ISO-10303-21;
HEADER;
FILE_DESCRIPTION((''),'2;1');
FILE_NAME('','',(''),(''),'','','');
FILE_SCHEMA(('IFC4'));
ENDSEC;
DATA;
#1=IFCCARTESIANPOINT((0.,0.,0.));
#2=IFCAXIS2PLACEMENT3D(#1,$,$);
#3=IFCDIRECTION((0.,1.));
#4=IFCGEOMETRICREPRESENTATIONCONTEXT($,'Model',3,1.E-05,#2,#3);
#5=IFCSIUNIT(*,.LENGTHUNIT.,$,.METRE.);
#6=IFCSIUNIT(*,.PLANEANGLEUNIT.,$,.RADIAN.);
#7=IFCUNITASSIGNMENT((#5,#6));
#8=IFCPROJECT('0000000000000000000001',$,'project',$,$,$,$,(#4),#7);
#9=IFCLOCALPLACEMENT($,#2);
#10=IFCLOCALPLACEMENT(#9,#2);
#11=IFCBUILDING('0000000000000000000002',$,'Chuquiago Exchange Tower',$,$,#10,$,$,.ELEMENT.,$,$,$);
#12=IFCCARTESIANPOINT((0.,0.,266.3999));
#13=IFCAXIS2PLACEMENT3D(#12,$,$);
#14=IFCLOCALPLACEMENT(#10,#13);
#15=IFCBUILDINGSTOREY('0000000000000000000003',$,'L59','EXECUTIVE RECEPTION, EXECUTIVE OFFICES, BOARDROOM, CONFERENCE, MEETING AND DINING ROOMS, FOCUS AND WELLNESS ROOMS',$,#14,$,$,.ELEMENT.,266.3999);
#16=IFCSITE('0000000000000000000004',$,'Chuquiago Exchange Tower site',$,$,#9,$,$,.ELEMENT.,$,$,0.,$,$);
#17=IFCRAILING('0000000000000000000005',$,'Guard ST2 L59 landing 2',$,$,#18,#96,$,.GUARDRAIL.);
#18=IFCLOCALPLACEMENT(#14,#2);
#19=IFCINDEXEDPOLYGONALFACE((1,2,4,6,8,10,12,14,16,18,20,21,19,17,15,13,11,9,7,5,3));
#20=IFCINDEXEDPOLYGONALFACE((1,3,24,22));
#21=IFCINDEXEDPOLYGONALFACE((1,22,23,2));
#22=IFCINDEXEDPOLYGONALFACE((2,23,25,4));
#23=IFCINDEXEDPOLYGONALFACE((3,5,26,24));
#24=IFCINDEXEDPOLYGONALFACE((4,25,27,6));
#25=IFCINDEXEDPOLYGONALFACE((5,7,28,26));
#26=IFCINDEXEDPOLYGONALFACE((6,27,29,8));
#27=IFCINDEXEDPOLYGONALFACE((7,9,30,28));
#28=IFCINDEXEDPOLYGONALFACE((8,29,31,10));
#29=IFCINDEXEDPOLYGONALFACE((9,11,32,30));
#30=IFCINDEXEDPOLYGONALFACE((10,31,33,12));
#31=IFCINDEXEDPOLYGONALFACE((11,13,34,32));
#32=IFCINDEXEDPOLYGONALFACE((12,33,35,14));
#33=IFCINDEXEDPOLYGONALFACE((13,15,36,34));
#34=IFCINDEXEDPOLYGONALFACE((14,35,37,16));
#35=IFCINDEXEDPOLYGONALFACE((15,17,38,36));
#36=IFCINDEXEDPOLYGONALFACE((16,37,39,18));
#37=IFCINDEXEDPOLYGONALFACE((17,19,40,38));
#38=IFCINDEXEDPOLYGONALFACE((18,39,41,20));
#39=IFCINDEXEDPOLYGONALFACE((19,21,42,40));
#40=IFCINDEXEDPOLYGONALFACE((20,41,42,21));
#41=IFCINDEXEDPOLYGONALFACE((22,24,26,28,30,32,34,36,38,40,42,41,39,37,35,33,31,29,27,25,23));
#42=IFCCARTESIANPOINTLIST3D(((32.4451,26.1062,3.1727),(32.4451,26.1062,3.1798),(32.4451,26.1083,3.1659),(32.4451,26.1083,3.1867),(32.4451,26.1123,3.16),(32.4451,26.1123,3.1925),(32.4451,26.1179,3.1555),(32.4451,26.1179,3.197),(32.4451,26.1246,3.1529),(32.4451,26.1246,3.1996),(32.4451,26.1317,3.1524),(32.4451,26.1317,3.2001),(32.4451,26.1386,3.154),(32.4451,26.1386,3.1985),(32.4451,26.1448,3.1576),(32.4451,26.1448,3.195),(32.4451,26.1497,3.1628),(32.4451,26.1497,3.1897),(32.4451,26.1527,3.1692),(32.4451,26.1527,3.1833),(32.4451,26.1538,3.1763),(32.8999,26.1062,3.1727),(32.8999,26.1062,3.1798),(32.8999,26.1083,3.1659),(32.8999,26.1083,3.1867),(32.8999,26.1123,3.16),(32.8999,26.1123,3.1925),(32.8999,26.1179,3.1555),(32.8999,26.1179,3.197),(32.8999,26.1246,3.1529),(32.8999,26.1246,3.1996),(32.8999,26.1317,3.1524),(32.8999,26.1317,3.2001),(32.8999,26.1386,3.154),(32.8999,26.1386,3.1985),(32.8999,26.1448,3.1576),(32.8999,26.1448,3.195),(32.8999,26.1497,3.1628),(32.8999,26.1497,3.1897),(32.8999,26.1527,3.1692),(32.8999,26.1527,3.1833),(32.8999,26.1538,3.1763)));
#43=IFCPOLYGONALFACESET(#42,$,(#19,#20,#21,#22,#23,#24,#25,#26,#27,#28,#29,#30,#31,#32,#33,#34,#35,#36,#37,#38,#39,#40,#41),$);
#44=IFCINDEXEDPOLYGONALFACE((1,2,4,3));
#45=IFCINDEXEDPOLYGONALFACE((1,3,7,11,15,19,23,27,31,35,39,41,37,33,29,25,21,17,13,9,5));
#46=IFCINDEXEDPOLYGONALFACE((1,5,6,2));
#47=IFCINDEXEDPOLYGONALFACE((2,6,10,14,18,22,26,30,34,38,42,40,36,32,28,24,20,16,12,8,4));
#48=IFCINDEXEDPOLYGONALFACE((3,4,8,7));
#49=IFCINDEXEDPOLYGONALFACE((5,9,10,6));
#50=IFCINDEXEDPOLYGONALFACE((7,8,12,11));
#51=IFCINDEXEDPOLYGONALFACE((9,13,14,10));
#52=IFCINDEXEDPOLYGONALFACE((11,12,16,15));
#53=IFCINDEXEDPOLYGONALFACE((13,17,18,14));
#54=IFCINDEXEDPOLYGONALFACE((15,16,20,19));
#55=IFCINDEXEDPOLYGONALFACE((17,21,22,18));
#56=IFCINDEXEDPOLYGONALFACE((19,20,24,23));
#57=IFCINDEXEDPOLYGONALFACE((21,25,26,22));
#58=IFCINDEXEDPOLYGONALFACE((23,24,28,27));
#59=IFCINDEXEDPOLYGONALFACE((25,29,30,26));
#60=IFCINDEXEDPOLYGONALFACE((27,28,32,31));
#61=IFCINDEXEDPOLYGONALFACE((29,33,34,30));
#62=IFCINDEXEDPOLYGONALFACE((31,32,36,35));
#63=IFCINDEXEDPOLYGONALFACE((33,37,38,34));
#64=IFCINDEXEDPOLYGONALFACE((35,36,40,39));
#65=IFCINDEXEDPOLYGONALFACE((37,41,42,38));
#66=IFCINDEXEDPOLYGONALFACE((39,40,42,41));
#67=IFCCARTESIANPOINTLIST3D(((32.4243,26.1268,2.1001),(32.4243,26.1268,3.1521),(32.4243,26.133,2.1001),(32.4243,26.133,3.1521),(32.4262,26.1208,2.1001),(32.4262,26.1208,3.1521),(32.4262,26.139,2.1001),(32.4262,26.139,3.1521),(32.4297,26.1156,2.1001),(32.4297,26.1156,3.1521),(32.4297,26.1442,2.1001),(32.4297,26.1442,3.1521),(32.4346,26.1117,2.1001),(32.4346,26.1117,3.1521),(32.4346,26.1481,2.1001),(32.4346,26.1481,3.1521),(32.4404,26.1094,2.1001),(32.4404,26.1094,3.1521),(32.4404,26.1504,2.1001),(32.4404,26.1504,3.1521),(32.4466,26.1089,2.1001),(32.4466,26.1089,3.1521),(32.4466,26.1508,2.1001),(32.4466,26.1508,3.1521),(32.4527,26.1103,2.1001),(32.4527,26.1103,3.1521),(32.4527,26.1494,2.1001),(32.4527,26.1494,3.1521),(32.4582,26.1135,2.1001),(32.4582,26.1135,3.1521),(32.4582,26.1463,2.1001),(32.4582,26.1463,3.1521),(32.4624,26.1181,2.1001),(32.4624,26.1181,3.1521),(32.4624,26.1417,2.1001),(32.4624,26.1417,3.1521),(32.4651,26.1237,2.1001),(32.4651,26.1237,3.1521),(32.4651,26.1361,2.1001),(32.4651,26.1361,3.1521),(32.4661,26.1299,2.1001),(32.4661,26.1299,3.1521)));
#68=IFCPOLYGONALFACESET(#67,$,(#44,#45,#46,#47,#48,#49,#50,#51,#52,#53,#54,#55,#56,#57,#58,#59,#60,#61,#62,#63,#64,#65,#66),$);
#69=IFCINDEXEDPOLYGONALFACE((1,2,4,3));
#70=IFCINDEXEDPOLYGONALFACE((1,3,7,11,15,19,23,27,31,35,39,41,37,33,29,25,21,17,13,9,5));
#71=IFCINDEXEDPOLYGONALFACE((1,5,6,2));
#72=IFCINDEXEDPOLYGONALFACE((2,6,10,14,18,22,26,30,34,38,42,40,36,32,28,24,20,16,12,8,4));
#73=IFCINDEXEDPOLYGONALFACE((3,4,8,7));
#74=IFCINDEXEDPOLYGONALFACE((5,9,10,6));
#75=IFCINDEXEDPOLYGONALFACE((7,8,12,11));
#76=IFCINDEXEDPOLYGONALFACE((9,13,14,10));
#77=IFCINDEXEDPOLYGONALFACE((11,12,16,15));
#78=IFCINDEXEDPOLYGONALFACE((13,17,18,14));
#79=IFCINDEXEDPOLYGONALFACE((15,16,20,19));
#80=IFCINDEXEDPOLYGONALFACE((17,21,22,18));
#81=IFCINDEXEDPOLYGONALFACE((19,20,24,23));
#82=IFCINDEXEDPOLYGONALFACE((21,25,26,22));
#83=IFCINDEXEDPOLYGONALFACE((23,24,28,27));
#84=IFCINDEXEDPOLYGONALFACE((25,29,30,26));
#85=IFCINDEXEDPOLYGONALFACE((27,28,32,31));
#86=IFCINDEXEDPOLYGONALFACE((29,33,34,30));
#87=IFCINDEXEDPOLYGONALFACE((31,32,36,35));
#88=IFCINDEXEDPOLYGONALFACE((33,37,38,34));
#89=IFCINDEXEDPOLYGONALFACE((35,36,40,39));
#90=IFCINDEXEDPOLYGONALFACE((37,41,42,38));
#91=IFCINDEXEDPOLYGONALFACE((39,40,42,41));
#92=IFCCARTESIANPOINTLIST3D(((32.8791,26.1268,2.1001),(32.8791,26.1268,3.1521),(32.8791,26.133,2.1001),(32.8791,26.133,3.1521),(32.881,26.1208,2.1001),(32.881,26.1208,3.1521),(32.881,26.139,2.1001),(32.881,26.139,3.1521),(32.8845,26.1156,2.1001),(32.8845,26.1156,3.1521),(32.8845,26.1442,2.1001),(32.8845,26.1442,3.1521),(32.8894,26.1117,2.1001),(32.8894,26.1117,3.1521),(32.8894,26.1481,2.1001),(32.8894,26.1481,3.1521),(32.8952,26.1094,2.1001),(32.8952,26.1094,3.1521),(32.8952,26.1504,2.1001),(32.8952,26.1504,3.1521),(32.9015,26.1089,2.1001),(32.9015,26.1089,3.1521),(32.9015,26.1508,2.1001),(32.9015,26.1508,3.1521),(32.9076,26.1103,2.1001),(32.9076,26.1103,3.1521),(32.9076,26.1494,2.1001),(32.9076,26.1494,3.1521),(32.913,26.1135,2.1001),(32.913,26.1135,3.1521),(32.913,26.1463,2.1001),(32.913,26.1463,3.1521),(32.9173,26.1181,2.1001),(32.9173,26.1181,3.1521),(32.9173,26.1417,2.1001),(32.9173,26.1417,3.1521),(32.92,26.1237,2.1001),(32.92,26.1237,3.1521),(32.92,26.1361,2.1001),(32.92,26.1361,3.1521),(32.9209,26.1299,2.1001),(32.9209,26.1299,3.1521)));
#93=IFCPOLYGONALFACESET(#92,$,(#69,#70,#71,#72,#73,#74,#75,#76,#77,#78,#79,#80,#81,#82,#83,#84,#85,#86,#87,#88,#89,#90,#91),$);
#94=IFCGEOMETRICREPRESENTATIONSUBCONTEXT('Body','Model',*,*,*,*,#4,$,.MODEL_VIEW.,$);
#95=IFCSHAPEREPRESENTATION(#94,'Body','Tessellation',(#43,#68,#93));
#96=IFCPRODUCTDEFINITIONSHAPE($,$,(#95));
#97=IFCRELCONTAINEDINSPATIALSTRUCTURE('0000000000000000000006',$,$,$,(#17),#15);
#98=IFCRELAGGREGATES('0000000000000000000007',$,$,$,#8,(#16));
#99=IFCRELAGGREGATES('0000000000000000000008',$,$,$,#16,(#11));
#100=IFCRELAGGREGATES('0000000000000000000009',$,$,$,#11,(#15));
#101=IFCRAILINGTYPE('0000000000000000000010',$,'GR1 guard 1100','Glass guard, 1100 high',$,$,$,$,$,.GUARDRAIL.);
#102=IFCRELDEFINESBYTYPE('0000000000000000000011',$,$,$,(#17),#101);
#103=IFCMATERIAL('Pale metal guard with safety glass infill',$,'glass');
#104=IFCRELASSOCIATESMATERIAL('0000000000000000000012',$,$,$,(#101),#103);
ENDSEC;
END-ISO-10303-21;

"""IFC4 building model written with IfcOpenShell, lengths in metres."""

from ifc_helpers import new_model, si_unit, direction, frame, origin, origin_2d, place, context, subcontext, project, spatial, circle, extrude, material, type_object, element, save


model = new_model("IFC4")

# Units and contexts
model_context = context("Model", 3, precision=1e-05, world=origin(), true_north=direction((0.0, 1.0)))
body_context = subcontext(model_context, "Body", "Model", "MODEL_VIEW")
ifc_project = project(units=[si_unit("LENGTHUNIT", "METRE"), si_unit("PLANEANGLEUNIT", "RADIAN")], contexts=[model_context])

# Site, building, storey
site_placement = place(None, origin())
site = spatial("IfcSite", under=ifc_project, at=site_placement, Name="Chuquiago Exchange Tower site", CompositionType="ELEMENT", RefElevation=0.0)
building_placement = place(site_placement, origin())
building = spatial("IfcBuilding", under=site, at=building_placement, Name="Chuquiago Exchange Tower", CompositionType="ELEMENT")
storey_placement = place(building_placement, frame((0.0, 0.0, 266.3999)))
storey = spatial("IfcBuildingStorey", under=building, at=storey_placement, Name="L59", Description="EXECUTIVE RECEPTION, EXECUTIVE OFFICES, BOARDROOM, CONFERENCE, MEETING AND DINING ROOMS, FOCUS AND WELLNESS ROOMS", CompositionType="ELEMENT", Elevation=266.3999)

# Railing
ifc_material_1 = material(Name="Pale metal guard with safety glass infill", Category="glass")
railing_type_1 = type_object("IfcRailingType", Name="GR1 guard 1100", Description="Glass guard, 1100 high", PredefinedType="GUARDRAIL", material=ifc_material_1)
railing_1_placement = place(storey_placement, frame((32.4451, 26.1299, 2.1001)))
element("IfcRailing", 1, at=railing_1_placement, inside=storey, type_object=railing_type_1, Name="Guard ST2 L59 landing 2", PredefinedType="GUARDRAIL", context=body_context, shape_type="SweptSolid", body=[
    extrude(circle(Radius=0.0239, at=origin_2d()), frame((0.0, 0.0, 1.0762), z_axis=(1.0, 0.0, 0.0), x_axis=(0.0, 1.0, 0.0)), (0.0, 0.0, 1.0), 0.4548),
    extrude(circle(Radius=0.021, at=origin_2d()), origin(), (0.0, 0.0, 1.0), 1.052),
    extrude(circle(Radius=0.021, at=origin_2d()), frame((0.4548, 0.0, 0.0)), (0.0, 0.0, 1.0), 1.052),
])

save(model, "model.ifc")
